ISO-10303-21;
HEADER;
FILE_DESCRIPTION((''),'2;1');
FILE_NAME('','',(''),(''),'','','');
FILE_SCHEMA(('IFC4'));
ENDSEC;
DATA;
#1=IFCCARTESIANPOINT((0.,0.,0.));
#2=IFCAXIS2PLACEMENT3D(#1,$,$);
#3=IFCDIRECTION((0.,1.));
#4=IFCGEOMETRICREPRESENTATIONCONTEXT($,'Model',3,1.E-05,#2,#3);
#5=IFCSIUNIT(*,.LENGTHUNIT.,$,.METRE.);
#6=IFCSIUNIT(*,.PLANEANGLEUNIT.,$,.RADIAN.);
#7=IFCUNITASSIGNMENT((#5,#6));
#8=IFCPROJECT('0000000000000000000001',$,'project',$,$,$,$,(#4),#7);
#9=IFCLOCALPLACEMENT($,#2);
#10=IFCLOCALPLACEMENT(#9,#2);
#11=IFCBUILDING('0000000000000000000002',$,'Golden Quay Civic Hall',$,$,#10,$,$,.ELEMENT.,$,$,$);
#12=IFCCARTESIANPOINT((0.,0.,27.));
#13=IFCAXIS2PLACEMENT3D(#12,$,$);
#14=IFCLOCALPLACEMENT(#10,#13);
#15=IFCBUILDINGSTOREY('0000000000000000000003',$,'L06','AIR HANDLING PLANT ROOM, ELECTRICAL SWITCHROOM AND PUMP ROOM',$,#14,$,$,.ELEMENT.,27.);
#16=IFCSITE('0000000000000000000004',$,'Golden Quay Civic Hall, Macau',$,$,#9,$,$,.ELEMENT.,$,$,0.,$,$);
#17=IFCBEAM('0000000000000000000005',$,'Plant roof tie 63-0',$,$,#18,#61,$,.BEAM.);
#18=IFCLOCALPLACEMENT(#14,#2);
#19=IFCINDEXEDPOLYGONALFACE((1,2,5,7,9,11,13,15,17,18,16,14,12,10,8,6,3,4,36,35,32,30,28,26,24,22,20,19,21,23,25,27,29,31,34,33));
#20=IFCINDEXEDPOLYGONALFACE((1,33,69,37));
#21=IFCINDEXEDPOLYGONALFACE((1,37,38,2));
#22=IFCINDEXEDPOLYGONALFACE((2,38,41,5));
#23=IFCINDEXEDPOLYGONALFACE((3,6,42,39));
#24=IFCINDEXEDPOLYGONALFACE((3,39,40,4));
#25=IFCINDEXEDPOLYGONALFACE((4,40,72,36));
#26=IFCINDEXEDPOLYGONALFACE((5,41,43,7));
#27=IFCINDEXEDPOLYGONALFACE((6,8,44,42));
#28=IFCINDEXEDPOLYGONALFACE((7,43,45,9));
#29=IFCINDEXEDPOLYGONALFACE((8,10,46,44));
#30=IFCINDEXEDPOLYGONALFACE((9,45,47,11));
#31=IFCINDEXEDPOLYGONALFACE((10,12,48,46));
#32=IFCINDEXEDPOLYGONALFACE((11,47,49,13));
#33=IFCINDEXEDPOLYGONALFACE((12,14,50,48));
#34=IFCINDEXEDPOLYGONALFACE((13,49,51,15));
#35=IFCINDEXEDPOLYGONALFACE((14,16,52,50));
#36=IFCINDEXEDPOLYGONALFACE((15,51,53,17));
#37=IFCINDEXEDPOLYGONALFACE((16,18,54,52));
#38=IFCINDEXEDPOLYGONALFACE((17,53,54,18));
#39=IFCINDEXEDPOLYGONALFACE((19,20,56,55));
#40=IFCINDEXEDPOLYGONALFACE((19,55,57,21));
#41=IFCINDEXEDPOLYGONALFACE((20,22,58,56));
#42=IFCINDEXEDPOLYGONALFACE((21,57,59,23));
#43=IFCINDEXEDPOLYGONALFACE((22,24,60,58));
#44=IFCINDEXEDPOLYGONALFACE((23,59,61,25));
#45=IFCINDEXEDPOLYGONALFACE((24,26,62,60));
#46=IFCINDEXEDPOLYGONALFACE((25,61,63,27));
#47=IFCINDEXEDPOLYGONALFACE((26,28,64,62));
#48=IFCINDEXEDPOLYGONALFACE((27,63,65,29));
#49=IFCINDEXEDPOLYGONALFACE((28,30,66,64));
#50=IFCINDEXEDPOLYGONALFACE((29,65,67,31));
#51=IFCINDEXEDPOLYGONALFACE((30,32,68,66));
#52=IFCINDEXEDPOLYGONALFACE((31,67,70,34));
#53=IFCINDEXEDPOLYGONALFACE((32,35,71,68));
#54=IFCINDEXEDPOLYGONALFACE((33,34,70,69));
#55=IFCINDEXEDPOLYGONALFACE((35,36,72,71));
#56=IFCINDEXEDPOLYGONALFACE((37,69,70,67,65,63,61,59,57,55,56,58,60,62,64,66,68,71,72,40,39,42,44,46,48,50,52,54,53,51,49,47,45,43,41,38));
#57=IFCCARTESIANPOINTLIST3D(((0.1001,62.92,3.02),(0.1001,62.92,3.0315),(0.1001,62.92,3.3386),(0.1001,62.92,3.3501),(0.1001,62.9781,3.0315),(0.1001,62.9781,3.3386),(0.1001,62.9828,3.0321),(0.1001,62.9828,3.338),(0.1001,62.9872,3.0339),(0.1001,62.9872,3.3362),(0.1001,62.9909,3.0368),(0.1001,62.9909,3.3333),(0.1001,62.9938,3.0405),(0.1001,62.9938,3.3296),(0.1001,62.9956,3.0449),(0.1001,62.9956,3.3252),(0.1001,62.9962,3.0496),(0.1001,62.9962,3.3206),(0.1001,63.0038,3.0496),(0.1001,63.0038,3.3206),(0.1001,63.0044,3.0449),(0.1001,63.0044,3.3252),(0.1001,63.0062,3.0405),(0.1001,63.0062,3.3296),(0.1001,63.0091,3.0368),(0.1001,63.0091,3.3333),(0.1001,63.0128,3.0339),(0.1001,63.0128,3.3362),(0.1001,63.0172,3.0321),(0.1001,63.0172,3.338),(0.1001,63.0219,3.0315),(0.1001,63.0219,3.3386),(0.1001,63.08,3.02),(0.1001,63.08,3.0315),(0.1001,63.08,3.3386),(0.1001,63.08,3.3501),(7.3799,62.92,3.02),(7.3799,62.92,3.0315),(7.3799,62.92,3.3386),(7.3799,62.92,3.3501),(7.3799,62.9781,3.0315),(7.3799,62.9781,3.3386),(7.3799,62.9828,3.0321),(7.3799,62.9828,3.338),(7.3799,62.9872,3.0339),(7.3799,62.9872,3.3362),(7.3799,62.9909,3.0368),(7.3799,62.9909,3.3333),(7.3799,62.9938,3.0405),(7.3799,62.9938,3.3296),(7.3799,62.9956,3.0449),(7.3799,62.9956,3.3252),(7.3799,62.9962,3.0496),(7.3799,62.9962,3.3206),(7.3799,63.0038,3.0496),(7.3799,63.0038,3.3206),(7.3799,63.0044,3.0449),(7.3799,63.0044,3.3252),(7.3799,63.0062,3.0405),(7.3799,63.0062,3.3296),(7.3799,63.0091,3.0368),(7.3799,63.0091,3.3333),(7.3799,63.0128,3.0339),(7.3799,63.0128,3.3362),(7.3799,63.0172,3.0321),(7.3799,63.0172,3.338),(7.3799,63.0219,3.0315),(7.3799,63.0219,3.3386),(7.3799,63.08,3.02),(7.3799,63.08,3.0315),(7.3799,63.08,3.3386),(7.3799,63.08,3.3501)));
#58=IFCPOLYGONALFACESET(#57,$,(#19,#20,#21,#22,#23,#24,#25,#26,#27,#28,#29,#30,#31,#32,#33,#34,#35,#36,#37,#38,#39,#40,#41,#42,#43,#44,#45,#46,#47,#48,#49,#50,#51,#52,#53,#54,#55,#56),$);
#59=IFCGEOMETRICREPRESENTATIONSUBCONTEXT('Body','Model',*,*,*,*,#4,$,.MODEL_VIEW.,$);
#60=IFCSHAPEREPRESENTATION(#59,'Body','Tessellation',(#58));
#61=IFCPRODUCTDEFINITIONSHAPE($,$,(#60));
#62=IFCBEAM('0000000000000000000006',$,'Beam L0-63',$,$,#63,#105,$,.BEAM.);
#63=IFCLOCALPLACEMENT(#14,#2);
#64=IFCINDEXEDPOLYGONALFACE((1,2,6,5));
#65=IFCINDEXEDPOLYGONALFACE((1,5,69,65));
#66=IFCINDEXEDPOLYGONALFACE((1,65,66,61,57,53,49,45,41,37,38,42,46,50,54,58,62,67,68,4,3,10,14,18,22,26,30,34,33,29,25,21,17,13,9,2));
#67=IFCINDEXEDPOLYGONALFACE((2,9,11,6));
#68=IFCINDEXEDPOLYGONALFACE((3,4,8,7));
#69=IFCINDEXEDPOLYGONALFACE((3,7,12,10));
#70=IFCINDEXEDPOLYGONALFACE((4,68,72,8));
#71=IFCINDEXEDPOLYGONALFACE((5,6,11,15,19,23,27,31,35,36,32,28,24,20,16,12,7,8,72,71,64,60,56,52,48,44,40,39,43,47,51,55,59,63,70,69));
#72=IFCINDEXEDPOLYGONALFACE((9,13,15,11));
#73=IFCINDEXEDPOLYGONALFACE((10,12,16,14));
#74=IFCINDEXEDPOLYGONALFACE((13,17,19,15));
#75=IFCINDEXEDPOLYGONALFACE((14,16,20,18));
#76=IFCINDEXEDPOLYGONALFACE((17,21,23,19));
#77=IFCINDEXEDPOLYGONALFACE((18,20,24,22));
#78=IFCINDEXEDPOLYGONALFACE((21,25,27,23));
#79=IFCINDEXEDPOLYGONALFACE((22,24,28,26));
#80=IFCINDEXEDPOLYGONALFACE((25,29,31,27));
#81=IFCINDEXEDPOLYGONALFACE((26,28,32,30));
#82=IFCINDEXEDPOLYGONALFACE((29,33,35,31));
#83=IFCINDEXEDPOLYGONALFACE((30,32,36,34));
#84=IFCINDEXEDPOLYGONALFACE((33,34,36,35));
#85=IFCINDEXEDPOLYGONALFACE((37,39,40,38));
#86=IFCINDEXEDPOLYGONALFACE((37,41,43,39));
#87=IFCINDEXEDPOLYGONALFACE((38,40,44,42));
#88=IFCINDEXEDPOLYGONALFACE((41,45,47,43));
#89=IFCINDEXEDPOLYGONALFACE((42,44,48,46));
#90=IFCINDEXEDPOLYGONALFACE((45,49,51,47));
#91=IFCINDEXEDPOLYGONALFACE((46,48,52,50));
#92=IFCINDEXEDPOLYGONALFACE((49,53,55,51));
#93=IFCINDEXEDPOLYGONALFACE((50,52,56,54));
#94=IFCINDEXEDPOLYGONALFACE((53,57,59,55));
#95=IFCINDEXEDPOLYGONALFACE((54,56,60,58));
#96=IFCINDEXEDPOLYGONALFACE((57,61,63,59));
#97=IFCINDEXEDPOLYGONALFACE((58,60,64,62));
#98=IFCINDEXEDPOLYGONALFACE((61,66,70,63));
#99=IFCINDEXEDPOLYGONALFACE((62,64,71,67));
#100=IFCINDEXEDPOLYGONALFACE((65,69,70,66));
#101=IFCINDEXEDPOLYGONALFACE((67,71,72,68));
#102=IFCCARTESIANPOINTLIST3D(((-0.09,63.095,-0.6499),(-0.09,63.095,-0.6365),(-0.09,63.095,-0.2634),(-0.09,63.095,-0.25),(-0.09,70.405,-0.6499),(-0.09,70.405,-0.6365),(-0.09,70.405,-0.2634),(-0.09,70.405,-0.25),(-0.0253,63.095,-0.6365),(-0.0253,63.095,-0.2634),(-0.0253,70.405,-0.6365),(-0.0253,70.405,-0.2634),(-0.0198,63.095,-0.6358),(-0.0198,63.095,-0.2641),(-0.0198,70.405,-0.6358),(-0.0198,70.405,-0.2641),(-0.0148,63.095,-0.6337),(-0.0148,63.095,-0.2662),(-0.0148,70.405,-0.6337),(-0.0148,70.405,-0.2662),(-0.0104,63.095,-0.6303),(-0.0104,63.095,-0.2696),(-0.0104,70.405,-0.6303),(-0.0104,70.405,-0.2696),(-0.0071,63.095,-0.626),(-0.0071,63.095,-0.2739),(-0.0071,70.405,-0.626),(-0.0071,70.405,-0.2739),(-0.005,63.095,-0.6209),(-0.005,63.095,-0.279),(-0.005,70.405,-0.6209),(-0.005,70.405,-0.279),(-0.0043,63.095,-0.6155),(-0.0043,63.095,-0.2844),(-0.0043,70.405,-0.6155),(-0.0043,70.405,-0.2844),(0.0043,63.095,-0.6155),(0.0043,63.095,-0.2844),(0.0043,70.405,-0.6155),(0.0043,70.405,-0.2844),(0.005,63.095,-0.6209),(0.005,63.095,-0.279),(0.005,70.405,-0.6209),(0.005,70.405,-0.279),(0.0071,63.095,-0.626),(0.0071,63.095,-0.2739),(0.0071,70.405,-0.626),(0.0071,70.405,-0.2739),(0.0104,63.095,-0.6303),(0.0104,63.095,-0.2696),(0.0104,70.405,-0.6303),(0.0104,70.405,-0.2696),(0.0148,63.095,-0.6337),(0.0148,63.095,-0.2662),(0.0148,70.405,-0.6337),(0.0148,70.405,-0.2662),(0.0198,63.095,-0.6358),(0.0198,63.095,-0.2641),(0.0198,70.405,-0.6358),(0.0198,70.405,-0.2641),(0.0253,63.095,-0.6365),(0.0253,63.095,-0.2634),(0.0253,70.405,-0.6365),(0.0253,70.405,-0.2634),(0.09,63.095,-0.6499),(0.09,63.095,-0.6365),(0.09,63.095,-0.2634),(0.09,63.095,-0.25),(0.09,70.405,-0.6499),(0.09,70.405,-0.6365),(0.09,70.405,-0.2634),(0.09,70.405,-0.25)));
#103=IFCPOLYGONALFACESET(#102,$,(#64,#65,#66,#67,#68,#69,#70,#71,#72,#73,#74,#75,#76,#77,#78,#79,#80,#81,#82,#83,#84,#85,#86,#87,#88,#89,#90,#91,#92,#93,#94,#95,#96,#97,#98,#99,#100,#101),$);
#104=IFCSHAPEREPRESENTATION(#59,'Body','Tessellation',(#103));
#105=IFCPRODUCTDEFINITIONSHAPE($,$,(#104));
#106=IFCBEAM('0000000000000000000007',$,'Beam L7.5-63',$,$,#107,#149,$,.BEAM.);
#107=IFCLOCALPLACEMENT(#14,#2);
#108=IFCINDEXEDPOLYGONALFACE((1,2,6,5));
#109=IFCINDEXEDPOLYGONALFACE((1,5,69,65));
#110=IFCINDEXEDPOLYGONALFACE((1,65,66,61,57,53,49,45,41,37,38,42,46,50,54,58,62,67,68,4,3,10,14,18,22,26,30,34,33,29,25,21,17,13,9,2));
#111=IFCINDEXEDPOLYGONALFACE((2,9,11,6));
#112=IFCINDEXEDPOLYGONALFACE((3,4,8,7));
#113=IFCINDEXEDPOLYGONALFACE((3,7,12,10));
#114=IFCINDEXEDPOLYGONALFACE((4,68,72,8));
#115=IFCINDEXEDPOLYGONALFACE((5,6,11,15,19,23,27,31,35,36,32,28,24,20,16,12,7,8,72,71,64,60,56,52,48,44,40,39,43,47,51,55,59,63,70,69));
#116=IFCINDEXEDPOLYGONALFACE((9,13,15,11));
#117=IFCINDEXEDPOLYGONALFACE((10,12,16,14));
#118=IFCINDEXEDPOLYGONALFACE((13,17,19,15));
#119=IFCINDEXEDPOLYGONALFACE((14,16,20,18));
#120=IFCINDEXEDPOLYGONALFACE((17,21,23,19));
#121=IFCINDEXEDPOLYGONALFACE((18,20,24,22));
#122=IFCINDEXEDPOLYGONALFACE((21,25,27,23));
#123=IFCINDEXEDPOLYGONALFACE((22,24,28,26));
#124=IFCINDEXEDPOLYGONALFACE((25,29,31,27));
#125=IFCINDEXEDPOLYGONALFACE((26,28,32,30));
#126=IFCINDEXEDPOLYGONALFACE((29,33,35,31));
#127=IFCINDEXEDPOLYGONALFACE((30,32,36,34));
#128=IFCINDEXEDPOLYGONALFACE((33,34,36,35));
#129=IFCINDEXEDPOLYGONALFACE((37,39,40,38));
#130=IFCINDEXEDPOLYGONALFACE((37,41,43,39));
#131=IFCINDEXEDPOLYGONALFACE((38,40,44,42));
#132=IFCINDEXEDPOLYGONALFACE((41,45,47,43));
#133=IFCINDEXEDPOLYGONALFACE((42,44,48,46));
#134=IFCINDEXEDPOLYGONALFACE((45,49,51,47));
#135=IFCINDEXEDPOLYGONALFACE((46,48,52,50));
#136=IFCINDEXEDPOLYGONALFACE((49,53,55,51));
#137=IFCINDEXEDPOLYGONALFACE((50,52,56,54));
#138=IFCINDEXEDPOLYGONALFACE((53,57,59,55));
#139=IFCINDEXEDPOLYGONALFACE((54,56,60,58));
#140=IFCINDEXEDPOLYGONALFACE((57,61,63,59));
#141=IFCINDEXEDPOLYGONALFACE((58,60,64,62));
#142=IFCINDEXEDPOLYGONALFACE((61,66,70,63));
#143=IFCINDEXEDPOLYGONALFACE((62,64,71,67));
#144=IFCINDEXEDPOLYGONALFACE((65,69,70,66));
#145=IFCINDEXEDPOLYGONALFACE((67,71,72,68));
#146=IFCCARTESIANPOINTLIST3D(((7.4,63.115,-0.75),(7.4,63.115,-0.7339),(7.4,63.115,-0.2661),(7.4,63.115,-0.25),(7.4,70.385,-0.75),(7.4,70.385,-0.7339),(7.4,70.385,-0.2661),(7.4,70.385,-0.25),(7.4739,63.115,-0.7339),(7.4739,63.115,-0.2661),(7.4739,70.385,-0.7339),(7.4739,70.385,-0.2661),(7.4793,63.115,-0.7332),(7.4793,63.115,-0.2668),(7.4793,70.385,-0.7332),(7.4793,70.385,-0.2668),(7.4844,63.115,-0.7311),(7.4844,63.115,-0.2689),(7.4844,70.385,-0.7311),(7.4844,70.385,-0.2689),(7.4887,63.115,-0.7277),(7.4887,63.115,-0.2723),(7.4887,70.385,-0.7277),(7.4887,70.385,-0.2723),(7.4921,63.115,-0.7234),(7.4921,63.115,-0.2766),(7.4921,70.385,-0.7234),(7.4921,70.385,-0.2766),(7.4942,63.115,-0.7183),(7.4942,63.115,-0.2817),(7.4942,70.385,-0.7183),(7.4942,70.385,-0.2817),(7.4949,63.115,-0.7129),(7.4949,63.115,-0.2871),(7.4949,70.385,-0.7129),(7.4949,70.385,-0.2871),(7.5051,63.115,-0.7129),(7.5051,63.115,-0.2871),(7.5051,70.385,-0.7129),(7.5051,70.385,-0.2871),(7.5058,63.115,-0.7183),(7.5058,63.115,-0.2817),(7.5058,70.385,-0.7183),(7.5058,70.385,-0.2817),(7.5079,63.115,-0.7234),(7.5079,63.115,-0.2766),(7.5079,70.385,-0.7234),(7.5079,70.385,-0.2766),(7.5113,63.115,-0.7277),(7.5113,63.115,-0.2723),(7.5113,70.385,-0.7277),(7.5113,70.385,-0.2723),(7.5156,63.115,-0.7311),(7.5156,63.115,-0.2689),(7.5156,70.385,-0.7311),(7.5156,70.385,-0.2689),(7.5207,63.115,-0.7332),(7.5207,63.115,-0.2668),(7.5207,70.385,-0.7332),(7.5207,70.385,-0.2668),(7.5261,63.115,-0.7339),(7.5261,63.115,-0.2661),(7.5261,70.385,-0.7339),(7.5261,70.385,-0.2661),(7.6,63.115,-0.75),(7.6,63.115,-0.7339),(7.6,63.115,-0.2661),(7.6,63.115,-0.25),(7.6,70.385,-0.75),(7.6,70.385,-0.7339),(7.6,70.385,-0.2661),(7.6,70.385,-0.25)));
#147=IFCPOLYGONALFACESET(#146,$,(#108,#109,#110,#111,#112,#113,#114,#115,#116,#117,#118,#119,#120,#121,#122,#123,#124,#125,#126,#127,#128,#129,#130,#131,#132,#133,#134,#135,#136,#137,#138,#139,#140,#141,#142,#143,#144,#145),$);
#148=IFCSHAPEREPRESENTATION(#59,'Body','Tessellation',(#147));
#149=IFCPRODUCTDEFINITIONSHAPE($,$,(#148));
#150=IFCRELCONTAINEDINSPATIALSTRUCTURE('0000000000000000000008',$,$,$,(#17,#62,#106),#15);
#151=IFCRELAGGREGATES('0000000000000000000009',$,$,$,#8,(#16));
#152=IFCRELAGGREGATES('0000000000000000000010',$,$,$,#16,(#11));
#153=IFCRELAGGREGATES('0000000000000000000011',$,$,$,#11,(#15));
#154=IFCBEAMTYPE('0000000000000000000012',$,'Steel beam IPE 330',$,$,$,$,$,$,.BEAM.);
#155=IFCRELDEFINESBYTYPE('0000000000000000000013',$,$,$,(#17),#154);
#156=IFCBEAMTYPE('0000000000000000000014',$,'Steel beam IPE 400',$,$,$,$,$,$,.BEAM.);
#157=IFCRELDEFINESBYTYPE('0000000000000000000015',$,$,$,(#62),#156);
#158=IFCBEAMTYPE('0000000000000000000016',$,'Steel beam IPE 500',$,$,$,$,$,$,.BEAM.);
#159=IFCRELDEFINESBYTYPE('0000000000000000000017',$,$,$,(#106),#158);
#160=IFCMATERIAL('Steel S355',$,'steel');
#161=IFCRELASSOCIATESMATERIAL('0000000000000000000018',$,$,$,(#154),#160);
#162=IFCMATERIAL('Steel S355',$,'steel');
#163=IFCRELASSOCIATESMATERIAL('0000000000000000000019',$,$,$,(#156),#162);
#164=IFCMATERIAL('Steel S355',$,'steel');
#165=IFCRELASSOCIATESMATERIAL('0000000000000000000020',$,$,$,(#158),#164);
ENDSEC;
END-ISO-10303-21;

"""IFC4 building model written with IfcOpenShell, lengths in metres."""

from ifc_helpers import new_model, si_unit, direction, frame, origin, origin_2d, place, context, subcontext, project, spatial, i_section, extrude, material, material_profile, profile_set, type_object, element, save


model = new_model("IFC4")

# Units and contexts
model_context = context("Model", 3, precision=1e-05, world=origin(), true_north=direction((0.0, 1.0)))
body_context = subcontext(model_context, "Body", "Model", "MODEL_VIEW")
ifc_project = project(units=[si_unit("LENGTHUNIT", "METRE"), si_unit("PLANEANGLEUNIT", "RADIAN")], contexts=[model_context])

# Site, building, storey
site_placement = place(None, origin())
site = spatial("IfcSite", under=ifc_project, at=site_placement, Name="Golden Quay Civic Hall, Macau", CompositionType="ELEMENT", RefElevation=0.0)
building_placement = place(site_placement, origin())
building = spatial("IfcBuilding", under=site, at=building_placement, Name="Golden Quay Civic Hall", CompositionType="ELEMENT")
storey_placement = place(building_placement, frame((0.0, 0.0, 27.0)))
storey = spatial("IfcBuildingStorey", under=building, at=storey_placement, Name="L06", Description="AIR HANDLING PLANT ROOM, ELECTRICAL SWITCHROOM AND PUMP ROOM", CompositionType="ELEMENT", Elevation=27.0)

# Beams
ifc_material_1 = material(Name="Steel S355", Category="steel")
ifc_material_profile_1 = material_profile(ifc_material_1, i_section(OverallWidth=0.1599, OverallDepth=0.3301, WebThickness=0.0076, FlangeThickness=0.0115, FilletRadius=0.0181, at=origin_2d()), Name="IPE 330")
ifc_profile_set_1 = profile_set([ifc_material_profile_1], Name="Steel S355")
beam_type_1 = type_object("IfcBeamType", Name="Steel beam IPE 330", PredefinedType="BEAM", material=ifc_profile_set_1)
for number, where, z_axis, x_axis, name in (
    (1, (0.1001, 63.0, 3.1851), (1.0, 0.0, 0.0), (0.0, 1.0, 0.0), "Plant roof tie 63-0"),
):
    element("IfcBeam", number, at=place(storey_placement, frame(where, z_axis=z_axis, x_axis=x_axis)), inside=storey, type_object=beam_type_1, Name=name, PredefinedType="BEAM", context=body_context, shape_type="SweptSolid", body=[
        extrude(i_section(OverallWidth=0.1599, OverallDepth=0.3301, WebThickness=0.0076, FlangeThickness=0.0115, FilletRadius=0.0181, at=origin_2d()), origin(), (0.0, 0.0, 1.0), 7.2798),
    ])
ifc_material_2 = material(Name="Steel S355", Category="steel")
ifc_material_profile_2 = material_profile(ifc_material_2, i_section(OverallWidth=0.1799, OverallDepth=0.3999, WebThickness=0.0085, FlangeThickness=0.0134, FilletRadius=0.021, at=origin_2d()), Name="IPE 400")
ifc_profile_set_2 = profile_set([ifc_material_profile_2], Name="Steel S355")
beam_type_2 = type_object("IfcBeamType", Name="Steel beam IPE 400", PredefinedType="BEAM", material=ifc_profile_set_2)
beam_1_placement = place(storey_placement, frame((0.0, 63.095, -0.45), z_axis=(0.0, 1.0, 0.0), x_axis=(-1.0, 0.0, 0.0)))
element("IfcBeam", 2, at=beam_1_placement, inside=storey, type_object=beam_type_2, Name="Beam L0-63", PredefinedType="BEAM", context=body_context, shape_type="SweptSolid", body=[
    extrude(i_section(OverallWidth=0.1799, OverallDepth=0.3999, WebThickness=0.0085, FlangeThickness=0.0134, FilletRadius=0.021, at=origin_2d()), origin(), (0.0, 0.0, 1.0), 7.3101),
])
ifc_material_3 = material(Name="Steel S355", Category="steel")
ifc_material_profile_3 = material_profile(ifc_material_3, i_section(OverallWidth=0.2, OverallDepth=0.5, WebThickness=0.0103, FlangeThickness=0.0161, FilletRadius=0.021, at=origin_2d()), Name="IPE 500")
ifc_profile_set_3 = profile_set([ifc_material_profile_3], Name="Steel S355")
beam_type_3 = type_object("IfcBeamType", Name="Steel beam IPE 500", PredefinedType="BEAM", material=ifc_profile_set_3)
beam_2_placement = place(storey_placement, frame((7.5, 63.115, -0.5), z_axis=(0.0, 1.0, 0.0), x_axis=(-1.0, 0.0, 0.0)))
element("IfcBeam", 3, at=beam_2_placement, inside=storey, type_object=beam_type_3, Name="Beam L7.5-63", PredefinedType="BEAM", context=body_context, shape_type="SweptSolid", body=[
    extrude(i_section(OverallWidth=0.2, OverallDepth=0.5, WebThickness=0.0103, FlangeThickness=0.0161, FilletRadius=0.021, at=origin_2d()), origin(), (0.0, 0.0, 1.0), 7.27),
])

save(model, "model.ifc")
